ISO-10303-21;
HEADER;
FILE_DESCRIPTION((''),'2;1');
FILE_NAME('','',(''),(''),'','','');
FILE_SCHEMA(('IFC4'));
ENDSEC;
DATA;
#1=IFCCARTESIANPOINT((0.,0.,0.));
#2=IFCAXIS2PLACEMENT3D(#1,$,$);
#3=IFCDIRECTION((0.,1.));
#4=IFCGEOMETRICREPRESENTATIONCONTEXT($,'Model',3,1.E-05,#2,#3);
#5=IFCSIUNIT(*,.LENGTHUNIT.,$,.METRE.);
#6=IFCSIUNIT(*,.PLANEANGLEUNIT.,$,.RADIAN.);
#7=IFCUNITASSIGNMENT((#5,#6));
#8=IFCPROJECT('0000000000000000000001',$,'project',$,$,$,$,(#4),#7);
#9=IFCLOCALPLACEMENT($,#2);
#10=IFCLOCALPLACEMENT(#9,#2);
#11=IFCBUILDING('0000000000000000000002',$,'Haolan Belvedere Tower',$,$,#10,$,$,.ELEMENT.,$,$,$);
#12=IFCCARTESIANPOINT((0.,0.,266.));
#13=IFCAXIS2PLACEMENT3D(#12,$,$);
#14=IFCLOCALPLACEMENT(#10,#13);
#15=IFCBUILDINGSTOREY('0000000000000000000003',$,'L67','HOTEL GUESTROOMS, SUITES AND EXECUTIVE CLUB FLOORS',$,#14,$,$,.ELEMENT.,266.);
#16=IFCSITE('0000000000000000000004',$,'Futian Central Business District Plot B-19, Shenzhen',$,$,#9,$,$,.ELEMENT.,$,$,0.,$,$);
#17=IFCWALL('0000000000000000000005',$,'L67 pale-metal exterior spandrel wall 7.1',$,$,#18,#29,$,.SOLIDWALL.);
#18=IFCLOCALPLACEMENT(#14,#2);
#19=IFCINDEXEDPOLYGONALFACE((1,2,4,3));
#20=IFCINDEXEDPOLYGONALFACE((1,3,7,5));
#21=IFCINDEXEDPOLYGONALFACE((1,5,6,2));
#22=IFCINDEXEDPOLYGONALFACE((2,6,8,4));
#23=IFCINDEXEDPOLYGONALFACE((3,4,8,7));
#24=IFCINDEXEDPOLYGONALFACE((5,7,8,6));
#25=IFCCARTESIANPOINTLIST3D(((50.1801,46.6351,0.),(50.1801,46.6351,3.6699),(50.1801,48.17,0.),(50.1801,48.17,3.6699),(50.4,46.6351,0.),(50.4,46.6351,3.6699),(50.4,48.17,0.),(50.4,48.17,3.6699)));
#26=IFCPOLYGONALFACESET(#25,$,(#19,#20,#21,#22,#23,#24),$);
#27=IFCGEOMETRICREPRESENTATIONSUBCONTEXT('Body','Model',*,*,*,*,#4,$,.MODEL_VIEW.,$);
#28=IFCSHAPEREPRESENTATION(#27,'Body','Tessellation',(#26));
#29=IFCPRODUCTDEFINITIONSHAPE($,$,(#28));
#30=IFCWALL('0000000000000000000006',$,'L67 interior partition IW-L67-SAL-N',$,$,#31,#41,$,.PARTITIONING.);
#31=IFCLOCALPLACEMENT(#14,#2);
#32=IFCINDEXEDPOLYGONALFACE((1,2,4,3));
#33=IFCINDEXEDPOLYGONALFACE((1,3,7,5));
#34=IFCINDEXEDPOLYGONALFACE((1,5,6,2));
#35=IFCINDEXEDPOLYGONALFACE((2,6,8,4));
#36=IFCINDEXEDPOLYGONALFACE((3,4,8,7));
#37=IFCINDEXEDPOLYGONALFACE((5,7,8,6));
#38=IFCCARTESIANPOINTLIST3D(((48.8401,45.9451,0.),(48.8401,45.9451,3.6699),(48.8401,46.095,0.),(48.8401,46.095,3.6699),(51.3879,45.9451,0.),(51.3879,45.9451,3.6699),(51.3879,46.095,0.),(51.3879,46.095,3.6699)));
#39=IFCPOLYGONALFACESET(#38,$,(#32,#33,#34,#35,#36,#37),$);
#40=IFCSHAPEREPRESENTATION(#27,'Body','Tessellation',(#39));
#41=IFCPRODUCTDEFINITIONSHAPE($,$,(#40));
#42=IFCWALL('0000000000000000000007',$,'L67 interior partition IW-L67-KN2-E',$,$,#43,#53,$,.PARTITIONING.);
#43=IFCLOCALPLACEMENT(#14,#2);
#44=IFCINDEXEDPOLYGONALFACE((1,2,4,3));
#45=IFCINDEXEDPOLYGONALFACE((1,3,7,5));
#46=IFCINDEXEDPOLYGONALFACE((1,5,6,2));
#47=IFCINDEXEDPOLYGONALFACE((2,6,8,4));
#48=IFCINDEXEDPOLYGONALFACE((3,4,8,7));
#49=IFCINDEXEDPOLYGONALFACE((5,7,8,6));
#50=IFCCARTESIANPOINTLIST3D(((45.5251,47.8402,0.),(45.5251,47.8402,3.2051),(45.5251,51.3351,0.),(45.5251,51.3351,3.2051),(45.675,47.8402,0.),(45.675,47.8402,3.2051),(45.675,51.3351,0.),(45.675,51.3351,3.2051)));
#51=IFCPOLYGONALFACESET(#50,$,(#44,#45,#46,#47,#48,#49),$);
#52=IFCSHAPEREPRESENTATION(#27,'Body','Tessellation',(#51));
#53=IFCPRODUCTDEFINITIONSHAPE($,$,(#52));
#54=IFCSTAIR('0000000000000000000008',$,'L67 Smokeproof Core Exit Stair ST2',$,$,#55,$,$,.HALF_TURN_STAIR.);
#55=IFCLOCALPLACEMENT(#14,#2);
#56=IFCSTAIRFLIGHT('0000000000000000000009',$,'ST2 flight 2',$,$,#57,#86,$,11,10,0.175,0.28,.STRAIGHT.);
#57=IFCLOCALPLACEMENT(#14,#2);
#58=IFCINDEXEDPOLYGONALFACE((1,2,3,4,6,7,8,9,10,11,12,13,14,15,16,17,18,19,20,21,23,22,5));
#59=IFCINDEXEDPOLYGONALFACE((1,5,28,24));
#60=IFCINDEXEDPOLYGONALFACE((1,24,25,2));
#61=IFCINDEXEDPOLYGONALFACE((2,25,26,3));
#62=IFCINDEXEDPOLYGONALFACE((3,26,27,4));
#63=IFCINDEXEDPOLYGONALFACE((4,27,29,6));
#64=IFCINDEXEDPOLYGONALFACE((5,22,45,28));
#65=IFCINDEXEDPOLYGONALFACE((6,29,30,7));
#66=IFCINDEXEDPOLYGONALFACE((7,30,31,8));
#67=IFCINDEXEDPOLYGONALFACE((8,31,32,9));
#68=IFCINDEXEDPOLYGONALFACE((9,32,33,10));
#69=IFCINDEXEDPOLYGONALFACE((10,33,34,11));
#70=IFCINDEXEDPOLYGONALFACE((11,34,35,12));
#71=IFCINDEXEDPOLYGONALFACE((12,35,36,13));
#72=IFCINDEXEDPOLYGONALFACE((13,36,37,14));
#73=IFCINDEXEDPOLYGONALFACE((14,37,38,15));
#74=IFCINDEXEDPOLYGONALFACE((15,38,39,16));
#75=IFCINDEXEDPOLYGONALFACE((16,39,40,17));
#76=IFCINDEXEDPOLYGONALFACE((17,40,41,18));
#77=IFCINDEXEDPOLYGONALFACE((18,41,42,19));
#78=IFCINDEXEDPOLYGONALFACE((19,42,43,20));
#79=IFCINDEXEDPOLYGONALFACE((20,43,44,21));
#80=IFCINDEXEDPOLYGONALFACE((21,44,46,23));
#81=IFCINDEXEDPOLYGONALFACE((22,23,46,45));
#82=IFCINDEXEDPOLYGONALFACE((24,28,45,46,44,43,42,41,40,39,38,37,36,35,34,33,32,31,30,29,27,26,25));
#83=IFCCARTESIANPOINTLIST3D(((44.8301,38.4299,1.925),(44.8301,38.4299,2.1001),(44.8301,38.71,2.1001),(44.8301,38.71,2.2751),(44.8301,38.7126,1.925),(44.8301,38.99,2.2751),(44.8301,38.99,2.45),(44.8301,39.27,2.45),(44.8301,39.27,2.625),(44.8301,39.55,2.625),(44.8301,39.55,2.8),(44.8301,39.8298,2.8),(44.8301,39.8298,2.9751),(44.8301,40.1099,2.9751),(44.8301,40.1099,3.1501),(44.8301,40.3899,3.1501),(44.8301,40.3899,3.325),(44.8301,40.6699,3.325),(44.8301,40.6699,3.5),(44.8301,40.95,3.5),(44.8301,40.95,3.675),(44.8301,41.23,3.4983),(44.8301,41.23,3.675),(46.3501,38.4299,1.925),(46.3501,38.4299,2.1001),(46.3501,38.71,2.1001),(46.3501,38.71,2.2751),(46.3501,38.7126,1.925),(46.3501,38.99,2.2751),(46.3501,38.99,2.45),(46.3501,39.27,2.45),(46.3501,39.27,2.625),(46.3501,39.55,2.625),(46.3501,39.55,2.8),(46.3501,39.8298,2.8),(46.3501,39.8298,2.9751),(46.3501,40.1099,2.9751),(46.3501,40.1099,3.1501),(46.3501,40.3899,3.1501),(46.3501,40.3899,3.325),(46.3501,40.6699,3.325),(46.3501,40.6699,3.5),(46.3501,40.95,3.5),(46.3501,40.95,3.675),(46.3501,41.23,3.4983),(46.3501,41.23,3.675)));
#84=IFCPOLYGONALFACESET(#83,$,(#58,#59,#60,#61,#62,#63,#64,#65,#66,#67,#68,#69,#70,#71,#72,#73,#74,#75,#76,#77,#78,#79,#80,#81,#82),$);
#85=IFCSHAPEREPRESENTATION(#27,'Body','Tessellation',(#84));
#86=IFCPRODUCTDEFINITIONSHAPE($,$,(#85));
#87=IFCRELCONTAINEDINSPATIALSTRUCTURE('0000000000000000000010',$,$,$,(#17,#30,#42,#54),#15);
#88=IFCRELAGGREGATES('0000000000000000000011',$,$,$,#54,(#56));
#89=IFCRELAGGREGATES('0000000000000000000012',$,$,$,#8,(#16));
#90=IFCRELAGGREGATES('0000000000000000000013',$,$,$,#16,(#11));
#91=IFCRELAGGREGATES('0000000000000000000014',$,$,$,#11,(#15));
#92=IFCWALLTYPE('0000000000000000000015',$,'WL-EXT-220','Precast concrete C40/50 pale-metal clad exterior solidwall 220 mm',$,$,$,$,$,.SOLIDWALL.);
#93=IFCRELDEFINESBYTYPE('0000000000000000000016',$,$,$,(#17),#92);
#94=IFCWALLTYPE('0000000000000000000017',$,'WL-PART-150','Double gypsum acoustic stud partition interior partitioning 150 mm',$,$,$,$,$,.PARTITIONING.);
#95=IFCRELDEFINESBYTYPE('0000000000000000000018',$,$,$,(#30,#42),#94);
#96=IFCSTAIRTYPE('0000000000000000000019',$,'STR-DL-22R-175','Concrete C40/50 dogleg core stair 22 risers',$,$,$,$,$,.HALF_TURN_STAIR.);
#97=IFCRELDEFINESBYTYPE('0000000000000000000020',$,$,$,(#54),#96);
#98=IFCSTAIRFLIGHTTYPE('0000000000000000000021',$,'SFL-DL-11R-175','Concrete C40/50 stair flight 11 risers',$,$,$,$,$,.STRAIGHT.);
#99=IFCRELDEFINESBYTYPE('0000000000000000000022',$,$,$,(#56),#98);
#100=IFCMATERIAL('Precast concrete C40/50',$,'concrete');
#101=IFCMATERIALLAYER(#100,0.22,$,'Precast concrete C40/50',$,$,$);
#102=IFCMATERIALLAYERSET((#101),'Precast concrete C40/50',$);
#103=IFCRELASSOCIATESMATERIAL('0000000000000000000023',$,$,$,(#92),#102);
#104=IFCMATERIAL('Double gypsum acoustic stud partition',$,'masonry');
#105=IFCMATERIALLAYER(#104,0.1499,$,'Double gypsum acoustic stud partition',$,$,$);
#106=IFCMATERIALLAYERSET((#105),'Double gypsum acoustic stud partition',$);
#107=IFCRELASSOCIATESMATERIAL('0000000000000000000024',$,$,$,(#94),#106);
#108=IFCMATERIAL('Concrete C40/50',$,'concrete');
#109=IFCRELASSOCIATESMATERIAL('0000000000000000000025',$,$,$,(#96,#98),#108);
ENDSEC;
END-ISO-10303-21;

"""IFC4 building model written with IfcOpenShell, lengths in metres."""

from ifc_helpers import new_model, si_unit, direction, frame, frame_2d, origin, place, context, subcontext, project, spatial, polyline, rectangle, outline, extrude, material, layer, layer_set, type_object, element, aggregate, save


model = new_model("IFC4")

# Units and contexts
model_context = context("Model", 3, precision=1e-05, world=origin(), true_north=direction((0.0, 1.0)))
body_context = subcontext(model_context, "Body", "Model", "MODEL_VIEW")
ifc_project = project(units=[si_unit("LENGTHUNIT", "METRE"), si_unit("PLANEANGLEUNIT", "RADIAN")], contexts=[model_context])

# Site, building, storey
site_placement = place(None, origin())
site = spatial("IfcSite", under=ifc_project, at=site_placement, Name="Futian Central Business District Plot B-19, Shenzhen", CompositionType="ELEMENT", RefElevation=0.0)
building_placement = place(site_placement, origin())
building = spatial("IfcBuilding", under=site, at=building_placement, Name="Haolan Belvedere Tower", CompositionType="ELEMENT")
storey_placement = place(building_placement, frame((0.0, 0.0, 266.0)))
storey = spatial("IfcBuildingStorey", under=building, at=storey_placement, Name="L67", Description="HOTEL GUESTROOMS, SUITES AND EXECUTIVE CLUB FLOORS", CompositionType="ELEMENT", Elevation=266.0)

# Shared definitions
ifc_material_1 = material(Name="Precast concrete C40/50", Category="concrete")
ifc_layer_1 = layer(ifc_material_1, 0.22, Name="Precast concrete C40/50")
ifc_layer_set_1 = layer_set([ifc_layer_1], Name="Precast concrete C40/50")
wall_type_1 = type_object("IfcWallType", Name="WL-EXT-220", Description="Precast concrete C40/50 pale-metal clad exterior solidwall 220 mm", PredefinedType="SOLIDWALL", material=ifc_layer_set_1)

# Wall
wall_1_placement = place(storey_placement, frame((50.29, 46.635, 0.0), z_axis=(0.0, 0.0, 1.0), x_axis=(0.0, 1.0, 0.0)))
element("IfcWall", 1, at=wall_1_placement, inside=storey, type_object=wall_type_1, Name="L67 pale-metal exterior spandrel wall 7.1", PredefinedType="SOLIDWALL", context=body_context, shape_type="SweptSolid", body=[
    extrude(rectangle(XDim=1.5349, YDim=0.22, at=frame_2d((0.7676, 0.0))), origin(), (0.0, 0.0, 1.0), 3.6699),
])

# Shared definitions
ifc_material_2 = material(Name="Concrete C40/50", Category="concrete")

# Walls
ifc_material_3 = material(Name="Double gypsum acoustic stud partition", Category="masonry")
ifc_layer_2 = layer(ifc_material_3, 0.1499, Name="Double gypsum acoustic stud partition")
ifc_layer_set_2 = layer_set([ifc_layer_2], Name="Double gypsum acoustic stud partition")
wall_type_2 = type_object("IfcWallType", Name="WL-PART-150", Description="Double gypsum acoustic stud partition interior partitioning 150 mm", PredefinedType="PARTITIONING", material=ifc_layer_set_2)
wall_2_placement = place(storey_placement, frame((48.8401, 46.02, 0.0), z_axis=(0.0, 0.0, 1.0), x_axis=(1.0, 0.0, 0.0)))
element("IfcWall", 2, at=wall_2_placement, inside=storey, type_object=wall_type_2, Name="L67 interior partition IW-L67-SAL-N", PredefinedType="PARTITIONING", context=body_context, shape_type="SweptSolid", body=[
    extrude(rectangle(XDim=2.5479, YDim=0.1499, at=frame_2d((1.2739, 0.0))), origin(), (0.0, 0.0, 1.0), 3.6699),
])
wall_3_placement = place(storey_placement, frame((45.6001, 47.8401, 0.0), z_axis=(0.0, 0.0, 1.0), x_axis=(0.0, 1.0, 0.0)))
element("IfcWall", 3, at=wall_3_placement, inside=storey, type_object=wall_type_2, Name="L67 interior partition IW-L67-KN2-E", PredefinedType="PARTITIONING", context=body_context, shape_type="SweptSolid", body=[
    extrude(rectangle(XDim=3.4949, YDim=0.1499, at=frame_2d((1.7476, 0.0))), origin(), (0.0, 0.0, 1.0), 3.2051),
])

# Stair, stair flight
stair_type = type_object("IfcStairType", Name="STR-DL-22R-175", Description="Concrete C40/50 dogleg core stair 22 risers", PredefinedType="HALF_TURN_STAIR", material=ifc_material_2)
stair_placement = place(storey_placement, origin())
stair = element("IfcStair", 4, at=stair_placement, inside=storey, type_object=stair_type, Name="L67 Smokeproof Core Exit Stair ST2", PredefinedType="HALF_TURN_STAIR")
stair_flight_type = type_object("IfcStairFlightType", Name="SFL-DL-11R-175", Description="Concrete C40/50 stair flight 11 risers", PredefinedType="STRAIGHT", material=ifc_material_2)
stair_flight_placement = place(storey_placement, frame((45.5901, 38.4299, 1.925), z_axis=(0.0, 0.0, 1.0), x_axis=(0.0, 1.0, 0.0)))
stair_flight = element("IfcStairFlight", 5, at=stair_flight_placement, type_object=stair_flight_type, Name="ST2 flight 2", NumberOfRisers=11, NumberOfTreads=10, PredefinedType="STRAIGHT", RiserHeight=0.175, TreadLength=0.28, context=body_context, shape_type="SweptSolid", body=[
    extrude(outline(polyline([(0.0, 0.0), (0.0, 0.175), (0.28, 0.175), (0.28, 0.3501), (0.5601, 0.3501), (0.5601, 0.5249), (0.8401, 0.5249), (0.8401, 0.7), (1.1201, 0.7), (1.1201, 0.875), (1.3999, 0.875), (1.3999, 1.05), (1.6799, 1.05), (1.6799, 1.2251), (1.96, 1.2251), (1.96, 1.3999), (2.24, 1.3999), (2.24, 1.575), (2.52, 1.575), (2.52, 1.75), (2.8, 1.75), (2.8, 1.925), (2.8, 1.5732), (0.2827, 0.0), (0.0, 0.0)])), frame((0.0, 0.76, 0.0), z_axis=(0.0, -1.0, 0.0), x_axis=(1.0, 0.0, 0.0)), (0.0, 0.0, 1.0), 1.52),
])
aggregate(stair, [stair_flight])

save(model, "model.ifc")
